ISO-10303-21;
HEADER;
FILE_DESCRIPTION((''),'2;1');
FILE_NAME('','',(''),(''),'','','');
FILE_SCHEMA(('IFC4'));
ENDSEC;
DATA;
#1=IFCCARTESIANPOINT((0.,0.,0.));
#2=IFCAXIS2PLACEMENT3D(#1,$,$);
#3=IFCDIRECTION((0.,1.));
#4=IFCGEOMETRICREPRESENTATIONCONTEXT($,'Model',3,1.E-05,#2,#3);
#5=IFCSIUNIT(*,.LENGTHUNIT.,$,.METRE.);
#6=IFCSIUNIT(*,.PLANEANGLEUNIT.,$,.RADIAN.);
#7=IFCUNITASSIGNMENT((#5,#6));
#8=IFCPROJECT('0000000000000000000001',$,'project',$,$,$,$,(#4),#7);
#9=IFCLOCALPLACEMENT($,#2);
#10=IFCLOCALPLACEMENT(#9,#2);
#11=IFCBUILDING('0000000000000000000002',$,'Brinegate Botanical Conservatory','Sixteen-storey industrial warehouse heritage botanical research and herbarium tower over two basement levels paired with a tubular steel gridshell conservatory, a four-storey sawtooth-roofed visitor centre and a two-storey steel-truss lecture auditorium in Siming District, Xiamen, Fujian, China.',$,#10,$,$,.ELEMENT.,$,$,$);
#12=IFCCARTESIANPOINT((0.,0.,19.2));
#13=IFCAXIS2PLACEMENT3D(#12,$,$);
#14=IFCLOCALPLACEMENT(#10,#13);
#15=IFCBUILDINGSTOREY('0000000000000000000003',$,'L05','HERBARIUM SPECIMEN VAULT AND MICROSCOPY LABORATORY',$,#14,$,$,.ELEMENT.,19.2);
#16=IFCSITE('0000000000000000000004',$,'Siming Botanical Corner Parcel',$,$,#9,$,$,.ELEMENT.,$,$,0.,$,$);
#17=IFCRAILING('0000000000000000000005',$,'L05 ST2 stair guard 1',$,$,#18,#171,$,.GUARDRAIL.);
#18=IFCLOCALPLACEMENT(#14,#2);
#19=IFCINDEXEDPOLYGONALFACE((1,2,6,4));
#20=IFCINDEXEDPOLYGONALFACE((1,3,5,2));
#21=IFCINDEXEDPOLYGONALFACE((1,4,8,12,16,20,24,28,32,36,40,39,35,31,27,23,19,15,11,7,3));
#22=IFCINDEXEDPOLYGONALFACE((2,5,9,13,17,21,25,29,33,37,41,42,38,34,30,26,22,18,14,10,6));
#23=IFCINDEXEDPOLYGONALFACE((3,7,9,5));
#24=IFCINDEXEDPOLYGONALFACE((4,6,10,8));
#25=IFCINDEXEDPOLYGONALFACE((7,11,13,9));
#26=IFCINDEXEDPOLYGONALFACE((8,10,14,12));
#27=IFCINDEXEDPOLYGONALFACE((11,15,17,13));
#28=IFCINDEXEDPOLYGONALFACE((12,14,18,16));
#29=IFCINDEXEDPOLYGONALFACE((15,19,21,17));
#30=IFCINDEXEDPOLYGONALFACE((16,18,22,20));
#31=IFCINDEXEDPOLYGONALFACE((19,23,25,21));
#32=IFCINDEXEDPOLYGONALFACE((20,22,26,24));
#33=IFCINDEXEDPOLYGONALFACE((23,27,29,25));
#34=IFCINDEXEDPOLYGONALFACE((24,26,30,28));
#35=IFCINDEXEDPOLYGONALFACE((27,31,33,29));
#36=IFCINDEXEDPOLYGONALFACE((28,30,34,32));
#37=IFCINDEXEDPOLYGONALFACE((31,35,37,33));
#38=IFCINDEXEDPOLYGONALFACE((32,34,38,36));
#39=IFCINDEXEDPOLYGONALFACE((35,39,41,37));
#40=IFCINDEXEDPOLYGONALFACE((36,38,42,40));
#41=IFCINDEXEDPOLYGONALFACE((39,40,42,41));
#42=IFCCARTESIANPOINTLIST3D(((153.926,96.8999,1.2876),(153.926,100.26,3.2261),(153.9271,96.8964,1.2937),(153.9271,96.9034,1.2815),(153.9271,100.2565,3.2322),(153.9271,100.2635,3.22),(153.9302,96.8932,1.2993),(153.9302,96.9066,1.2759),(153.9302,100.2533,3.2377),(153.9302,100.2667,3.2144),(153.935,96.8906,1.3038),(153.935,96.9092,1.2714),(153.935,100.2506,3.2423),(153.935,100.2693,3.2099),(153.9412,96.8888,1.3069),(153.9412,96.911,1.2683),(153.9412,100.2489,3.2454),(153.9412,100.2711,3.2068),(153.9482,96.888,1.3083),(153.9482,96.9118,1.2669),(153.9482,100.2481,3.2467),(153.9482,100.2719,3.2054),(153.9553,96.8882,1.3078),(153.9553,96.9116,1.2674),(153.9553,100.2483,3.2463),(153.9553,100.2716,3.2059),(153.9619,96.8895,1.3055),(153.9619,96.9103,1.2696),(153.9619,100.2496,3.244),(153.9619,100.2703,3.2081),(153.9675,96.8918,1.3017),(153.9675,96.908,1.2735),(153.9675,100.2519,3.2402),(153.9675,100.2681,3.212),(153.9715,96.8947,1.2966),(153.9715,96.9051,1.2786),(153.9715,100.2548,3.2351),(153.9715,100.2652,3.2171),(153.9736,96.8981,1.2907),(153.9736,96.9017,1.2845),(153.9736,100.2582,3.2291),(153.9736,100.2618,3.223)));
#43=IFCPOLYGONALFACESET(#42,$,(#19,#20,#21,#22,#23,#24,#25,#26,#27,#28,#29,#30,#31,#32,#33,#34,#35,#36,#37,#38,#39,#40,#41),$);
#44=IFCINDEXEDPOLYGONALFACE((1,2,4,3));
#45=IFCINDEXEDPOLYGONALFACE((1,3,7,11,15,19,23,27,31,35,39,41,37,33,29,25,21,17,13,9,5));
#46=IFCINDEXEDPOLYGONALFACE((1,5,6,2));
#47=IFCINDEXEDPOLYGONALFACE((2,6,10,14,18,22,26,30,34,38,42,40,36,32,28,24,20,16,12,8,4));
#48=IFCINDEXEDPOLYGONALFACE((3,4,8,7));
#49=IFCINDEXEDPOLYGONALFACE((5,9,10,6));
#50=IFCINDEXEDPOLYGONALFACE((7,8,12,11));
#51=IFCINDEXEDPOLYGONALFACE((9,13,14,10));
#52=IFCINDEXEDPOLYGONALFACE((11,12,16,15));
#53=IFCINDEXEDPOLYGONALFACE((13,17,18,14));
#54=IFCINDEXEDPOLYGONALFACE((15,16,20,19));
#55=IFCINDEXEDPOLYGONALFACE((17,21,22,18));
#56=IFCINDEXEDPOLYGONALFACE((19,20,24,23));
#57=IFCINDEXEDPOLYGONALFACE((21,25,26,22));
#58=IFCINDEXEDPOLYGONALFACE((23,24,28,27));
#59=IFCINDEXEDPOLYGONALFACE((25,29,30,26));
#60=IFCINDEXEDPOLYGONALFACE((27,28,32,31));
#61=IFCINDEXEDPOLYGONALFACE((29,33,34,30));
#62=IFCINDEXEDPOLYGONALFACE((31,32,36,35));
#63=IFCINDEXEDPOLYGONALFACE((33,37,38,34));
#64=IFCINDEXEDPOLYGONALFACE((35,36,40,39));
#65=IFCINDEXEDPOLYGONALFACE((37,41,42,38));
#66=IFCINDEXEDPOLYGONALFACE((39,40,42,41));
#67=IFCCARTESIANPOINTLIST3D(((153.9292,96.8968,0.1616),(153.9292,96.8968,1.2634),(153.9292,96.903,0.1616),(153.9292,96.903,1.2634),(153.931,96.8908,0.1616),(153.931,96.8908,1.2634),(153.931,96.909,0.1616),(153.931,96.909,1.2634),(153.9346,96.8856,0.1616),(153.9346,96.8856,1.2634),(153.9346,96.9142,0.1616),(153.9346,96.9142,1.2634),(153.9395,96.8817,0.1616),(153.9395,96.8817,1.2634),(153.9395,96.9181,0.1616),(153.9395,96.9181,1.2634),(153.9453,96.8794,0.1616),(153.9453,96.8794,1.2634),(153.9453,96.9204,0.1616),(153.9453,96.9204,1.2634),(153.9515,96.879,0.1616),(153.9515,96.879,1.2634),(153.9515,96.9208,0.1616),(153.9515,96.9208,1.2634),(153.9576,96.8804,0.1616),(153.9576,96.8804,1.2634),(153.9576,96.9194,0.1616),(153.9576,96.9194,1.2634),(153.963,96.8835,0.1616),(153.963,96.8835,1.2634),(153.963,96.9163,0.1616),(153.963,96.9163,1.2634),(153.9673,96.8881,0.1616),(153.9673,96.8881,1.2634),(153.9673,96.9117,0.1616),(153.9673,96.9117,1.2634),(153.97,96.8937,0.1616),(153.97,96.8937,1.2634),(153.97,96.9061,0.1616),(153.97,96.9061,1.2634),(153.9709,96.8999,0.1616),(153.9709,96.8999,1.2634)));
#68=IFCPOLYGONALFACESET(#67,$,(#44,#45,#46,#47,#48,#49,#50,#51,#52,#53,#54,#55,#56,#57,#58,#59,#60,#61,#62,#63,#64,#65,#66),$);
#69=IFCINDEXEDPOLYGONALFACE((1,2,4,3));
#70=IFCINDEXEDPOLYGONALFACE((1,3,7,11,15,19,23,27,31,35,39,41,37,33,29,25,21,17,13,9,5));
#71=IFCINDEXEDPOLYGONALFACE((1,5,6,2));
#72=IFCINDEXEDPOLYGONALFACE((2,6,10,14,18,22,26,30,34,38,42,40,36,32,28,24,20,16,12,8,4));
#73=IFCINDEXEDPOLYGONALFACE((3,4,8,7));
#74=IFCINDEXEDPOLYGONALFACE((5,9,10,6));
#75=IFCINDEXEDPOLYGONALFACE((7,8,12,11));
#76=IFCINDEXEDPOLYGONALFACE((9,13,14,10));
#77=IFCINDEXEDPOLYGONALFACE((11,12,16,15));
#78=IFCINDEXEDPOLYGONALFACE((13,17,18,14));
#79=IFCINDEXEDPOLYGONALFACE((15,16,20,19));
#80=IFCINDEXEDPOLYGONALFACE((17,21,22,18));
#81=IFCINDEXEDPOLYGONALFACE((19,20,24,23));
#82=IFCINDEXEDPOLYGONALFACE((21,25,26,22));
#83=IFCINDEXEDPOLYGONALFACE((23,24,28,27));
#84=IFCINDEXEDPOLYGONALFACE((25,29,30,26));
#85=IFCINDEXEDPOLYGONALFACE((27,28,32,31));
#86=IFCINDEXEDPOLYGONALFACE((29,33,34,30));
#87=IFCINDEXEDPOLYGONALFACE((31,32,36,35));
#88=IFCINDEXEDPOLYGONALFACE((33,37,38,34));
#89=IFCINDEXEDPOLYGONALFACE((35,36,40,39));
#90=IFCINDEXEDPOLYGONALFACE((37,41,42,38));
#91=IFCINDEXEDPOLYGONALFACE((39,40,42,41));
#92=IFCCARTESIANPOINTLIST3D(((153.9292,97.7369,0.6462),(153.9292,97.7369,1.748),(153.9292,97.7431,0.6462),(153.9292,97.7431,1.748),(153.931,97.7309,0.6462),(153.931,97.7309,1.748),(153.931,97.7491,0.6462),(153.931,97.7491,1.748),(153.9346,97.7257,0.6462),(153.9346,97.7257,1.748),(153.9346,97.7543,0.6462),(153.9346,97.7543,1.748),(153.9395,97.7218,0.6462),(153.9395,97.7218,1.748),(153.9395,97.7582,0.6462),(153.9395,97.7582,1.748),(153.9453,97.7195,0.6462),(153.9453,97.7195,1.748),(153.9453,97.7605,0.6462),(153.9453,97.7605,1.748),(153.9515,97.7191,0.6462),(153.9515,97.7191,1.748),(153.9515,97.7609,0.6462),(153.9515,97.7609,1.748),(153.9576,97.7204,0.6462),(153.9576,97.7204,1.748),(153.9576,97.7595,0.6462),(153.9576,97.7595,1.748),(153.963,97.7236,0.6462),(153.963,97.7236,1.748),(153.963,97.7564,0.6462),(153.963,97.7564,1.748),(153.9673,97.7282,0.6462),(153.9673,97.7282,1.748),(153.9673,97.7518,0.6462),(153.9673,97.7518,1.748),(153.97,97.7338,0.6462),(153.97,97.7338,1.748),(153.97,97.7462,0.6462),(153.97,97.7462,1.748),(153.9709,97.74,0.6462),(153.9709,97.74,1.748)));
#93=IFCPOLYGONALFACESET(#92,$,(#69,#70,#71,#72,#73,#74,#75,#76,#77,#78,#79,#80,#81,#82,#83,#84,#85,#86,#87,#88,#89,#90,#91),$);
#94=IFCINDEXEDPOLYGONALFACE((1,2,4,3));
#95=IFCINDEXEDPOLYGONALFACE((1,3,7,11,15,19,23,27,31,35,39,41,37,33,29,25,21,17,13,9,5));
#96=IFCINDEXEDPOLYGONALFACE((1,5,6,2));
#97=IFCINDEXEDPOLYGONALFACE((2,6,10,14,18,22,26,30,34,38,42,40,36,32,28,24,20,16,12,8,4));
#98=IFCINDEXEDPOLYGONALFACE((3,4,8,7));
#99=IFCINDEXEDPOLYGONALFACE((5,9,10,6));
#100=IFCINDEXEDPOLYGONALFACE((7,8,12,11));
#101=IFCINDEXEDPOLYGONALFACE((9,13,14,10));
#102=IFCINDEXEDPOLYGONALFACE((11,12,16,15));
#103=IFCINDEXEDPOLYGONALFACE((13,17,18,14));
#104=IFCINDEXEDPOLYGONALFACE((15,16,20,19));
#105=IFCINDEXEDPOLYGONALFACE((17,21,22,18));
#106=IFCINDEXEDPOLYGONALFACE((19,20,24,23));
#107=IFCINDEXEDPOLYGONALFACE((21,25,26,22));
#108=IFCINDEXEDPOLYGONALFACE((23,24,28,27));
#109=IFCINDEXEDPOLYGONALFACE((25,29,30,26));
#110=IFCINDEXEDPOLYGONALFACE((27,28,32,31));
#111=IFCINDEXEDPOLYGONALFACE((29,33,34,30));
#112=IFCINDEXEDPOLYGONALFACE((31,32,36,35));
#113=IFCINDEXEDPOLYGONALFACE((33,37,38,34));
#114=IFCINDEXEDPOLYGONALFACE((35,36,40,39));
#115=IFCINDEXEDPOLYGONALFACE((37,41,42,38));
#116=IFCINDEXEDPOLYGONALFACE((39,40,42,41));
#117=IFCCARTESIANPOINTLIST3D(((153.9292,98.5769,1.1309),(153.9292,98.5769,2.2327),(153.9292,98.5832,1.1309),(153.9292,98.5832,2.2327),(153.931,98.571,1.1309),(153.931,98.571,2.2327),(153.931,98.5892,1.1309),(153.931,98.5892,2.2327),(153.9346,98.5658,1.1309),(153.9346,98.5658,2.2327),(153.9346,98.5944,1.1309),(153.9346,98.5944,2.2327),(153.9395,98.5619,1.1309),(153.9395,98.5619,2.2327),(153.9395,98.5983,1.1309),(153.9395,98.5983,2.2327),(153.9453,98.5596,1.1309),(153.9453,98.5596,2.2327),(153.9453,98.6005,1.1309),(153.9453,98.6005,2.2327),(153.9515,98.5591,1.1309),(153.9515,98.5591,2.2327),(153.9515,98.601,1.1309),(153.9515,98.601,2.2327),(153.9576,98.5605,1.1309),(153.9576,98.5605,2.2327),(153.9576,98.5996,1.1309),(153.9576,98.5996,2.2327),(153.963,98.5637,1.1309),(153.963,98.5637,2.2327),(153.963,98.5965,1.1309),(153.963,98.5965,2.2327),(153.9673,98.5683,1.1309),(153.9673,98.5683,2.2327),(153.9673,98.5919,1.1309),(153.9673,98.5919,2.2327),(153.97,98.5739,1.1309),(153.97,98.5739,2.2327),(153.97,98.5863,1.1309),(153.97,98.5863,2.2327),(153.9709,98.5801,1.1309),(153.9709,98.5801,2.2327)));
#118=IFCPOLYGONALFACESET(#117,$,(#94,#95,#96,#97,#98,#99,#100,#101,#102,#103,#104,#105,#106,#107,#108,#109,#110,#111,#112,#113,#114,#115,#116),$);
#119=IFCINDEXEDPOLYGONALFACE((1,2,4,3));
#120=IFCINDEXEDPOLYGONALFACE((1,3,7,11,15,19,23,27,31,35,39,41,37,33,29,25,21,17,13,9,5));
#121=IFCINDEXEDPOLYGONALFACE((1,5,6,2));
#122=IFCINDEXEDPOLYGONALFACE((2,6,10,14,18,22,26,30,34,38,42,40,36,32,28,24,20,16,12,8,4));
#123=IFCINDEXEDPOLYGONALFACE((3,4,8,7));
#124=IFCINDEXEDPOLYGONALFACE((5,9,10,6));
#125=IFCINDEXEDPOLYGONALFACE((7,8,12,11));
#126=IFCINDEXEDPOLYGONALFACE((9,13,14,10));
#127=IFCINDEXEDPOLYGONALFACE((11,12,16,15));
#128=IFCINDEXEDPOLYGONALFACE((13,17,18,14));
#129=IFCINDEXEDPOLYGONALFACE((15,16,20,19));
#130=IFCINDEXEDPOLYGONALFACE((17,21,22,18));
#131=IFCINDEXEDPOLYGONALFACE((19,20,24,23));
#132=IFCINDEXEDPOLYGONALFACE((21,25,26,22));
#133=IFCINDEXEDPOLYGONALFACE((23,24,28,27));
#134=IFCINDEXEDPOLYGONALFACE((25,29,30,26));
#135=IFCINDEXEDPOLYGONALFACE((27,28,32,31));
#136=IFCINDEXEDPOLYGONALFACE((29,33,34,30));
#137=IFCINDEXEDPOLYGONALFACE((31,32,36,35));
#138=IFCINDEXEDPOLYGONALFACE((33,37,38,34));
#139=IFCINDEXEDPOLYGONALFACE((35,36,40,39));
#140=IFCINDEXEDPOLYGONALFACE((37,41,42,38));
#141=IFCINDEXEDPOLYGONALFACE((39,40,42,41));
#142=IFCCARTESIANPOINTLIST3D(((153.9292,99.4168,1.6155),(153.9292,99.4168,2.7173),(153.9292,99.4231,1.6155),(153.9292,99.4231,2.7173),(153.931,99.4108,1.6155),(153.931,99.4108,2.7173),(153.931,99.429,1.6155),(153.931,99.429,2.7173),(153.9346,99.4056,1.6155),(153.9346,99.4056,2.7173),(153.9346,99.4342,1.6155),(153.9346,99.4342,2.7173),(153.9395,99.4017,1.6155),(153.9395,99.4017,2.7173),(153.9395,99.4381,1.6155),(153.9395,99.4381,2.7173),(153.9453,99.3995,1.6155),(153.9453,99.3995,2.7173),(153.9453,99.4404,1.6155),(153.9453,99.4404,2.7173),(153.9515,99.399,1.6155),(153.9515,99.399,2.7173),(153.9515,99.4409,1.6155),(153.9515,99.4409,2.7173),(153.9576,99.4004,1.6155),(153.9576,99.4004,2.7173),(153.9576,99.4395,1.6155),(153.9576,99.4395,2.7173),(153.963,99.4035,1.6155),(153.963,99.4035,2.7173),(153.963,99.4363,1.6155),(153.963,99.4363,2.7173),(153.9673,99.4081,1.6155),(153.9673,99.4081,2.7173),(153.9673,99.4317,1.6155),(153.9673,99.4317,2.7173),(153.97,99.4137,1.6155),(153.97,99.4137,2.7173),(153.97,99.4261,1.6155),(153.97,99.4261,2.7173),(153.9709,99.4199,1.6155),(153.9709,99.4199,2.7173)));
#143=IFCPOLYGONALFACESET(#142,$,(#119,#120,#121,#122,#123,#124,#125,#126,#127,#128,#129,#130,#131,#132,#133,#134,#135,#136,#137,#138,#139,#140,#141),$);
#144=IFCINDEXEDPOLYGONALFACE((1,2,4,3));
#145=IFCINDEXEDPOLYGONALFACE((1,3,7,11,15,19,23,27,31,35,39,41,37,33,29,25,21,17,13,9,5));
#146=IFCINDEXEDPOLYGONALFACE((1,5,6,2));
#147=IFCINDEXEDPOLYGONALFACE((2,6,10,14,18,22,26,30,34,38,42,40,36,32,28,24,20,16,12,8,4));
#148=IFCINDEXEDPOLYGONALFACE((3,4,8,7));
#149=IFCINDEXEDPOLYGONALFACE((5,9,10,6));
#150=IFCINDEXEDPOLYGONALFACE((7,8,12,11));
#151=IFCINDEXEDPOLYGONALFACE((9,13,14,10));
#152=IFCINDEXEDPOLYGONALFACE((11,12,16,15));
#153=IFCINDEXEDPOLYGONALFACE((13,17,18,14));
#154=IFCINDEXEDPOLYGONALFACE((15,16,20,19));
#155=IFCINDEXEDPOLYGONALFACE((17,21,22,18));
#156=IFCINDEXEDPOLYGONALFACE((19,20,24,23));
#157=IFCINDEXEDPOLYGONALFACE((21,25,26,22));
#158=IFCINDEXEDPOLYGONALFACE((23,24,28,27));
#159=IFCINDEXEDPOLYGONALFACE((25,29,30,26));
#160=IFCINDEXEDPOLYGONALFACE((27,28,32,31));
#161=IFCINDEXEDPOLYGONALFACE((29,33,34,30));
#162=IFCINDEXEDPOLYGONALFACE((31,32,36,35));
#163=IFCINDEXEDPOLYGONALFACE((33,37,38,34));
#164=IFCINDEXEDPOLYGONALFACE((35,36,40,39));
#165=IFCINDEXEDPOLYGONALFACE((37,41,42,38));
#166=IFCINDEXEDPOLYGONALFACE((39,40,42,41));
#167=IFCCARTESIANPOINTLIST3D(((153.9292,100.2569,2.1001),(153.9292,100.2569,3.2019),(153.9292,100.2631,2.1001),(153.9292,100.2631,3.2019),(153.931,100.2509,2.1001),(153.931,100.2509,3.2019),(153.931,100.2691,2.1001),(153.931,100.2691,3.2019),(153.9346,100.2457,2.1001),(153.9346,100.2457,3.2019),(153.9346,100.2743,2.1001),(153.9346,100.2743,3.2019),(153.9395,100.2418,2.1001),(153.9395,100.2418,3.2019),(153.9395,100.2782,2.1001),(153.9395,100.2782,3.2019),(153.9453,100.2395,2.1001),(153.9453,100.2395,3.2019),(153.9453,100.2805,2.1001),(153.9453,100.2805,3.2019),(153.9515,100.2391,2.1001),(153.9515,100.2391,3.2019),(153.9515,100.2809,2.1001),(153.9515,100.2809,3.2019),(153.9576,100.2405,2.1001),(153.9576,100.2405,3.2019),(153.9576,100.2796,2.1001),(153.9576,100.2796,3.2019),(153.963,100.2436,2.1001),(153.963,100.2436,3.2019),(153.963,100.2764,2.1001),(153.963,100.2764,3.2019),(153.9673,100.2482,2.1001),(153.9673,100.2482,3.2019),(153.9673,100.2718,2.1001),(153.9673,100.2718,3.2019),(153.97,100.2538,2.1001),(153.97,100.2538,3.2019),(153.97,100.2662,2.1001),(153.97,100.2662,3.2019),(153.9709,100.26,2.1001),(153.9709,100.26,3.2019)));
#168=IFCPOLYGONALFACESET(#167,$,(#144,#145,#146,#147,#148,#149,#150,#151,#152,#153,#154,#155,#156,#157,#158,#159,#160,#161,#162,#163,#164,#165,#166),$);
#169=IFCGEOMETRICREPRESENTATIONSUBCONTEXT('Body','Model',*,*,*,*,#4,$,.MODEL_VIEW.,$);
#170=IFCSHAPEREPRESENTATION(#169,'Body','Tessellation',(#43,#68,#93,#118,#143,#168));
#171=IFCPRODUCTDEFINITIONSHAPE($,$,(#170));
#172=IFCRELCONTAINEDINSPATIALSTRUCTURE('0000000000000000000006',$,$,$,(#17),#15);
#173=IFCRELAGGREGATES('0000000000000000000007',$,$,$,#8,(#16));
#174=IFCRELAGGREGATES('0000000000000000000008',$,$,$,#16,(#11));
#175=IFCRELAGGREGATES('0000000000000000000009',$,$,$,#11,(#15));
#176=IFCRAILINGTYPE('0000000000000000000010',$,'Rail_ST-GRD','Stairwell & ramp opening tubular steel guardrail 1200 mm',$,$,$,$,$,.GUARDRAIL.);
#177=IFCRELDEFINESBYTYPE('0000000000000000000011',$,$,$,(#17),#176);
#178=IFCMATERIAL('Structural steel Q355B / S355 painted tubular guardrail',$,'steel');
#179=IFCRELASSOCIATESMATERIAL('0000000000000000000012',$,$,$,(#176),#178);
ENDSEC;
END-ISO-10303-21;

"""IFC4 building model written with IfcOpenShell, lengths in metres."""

from ifc_helpers import new_model, si_unit, direction, frame, origin, origin_2d, place, context, subcontext, project, spatial, circle, extrude, material, type_object, element, save


model = new_model("IFC4")

# Units and contexts
model_context = context("Model", 3, precision=1e-05, world=origin(), true_north=direction((0.0, 1.0)))
body_context = subcontext(model_context, "Body", "Model", "MODEL_VIEW")
ifc_project = project(units=[si_unit("LENGTHUNIT", "METRE"), si_unit("PLANEANGLEUNIT", "RADIAN")], contexts=[model_context])

# Site, building, storey
site_placement = place(None, origin())
site = spatial("IfcSite", under=ifc_project, at=site_placement, Name="Siming Botanical Corner Parcel", CompositionType="ELEMENT", RefElevation=0.0)
building_placement = place(site_placement, origin())
building = spatial("IfcBuilding", under=site, at=building_placement, Name="Brinegate Botanical Conservatory", Description="Sixteen-storey industrial warehouse heritage botanical research and herbarium tower over two basement levels paired with a tubular steel gridshell conservatory, a four-storey sawtooth-roofed visitor centre and a two-storey steel-truss lecture auditorium in Siming District, Xiamen, Fujian, China.", CompositionType="ELEMENT")
storey_placement = place(building_placement, frame((0.0, 0.0, 19.2)))
storey = spatial("IfcBuildingStorey", under=building, at=storey_placement, Name="L05", Description="HERBARIUM SPECIMEN VAULT AND MICROSCOPY LABORATORY", CompositionType="ELEMENT", Elevation=19.2)

# Railing
ifc_material_1 = material(Name="Structural steel Q355B / S355 painted tubular guardrail", Category="steel")
railing_type_1 = type_object("IfcRailingType", Name="Rail_ST-GRD", Description="Stairwell & ramp opening tubular steel guardrail 1200 mm", PredefinedType="GUARDRAIL", material=ifc_material_1)
railing_1_placement = place(storey_placement, frame((153.95, 96.8999, 0.1616)))
element("IfcRailing", 1, at=railing_1_placement, inside=storey, type_object=railing_type_1, Name="L05 ST2 stair guard 1", PredefinedType="GUARDRAIL", context=body_context, shape_type="SweptSolid", body=[
    extrude(circle(Radius=0.0239, at=origin_2d()), frame((0.0, 0.0, 1.126), z_axis=(0.0, 0.866191, 0.499713), x_axis=(-1.0, 0.0, 0.0)), (0.0, 0.0, 1.0), 3.8792),
    extrude(circle(Radius=0.021, at=origin_2d()), origin(), (0.0, 0.0, 1.0), 1.1018),
    extrude(circle(Radius=0.021, at=origin_2d()), frame((0.0, 0.8401, 0.4846)), (0.0, 0.0, 1.0), 1.1018),
    extrude(circle(Radius=0.021, at=origin_2d()), frame((0.0, 1.6802, 0.9692)), (0.0, 0.0, 1.0), 1.1018),
    extrude(circle(Radius=0.021, at=origin_2d()), frame((0.0, 2.52, 1.4539)), (0.0, 0.0, 1.0), 1.1018),
    extrude(circle(Radius=0.021, at=origin_2d()), frame((0.0, 3.3601, 1.9385)), (0.0, 0.0, 1.0), 1.1018),
])

save(model, "model.ifc")
